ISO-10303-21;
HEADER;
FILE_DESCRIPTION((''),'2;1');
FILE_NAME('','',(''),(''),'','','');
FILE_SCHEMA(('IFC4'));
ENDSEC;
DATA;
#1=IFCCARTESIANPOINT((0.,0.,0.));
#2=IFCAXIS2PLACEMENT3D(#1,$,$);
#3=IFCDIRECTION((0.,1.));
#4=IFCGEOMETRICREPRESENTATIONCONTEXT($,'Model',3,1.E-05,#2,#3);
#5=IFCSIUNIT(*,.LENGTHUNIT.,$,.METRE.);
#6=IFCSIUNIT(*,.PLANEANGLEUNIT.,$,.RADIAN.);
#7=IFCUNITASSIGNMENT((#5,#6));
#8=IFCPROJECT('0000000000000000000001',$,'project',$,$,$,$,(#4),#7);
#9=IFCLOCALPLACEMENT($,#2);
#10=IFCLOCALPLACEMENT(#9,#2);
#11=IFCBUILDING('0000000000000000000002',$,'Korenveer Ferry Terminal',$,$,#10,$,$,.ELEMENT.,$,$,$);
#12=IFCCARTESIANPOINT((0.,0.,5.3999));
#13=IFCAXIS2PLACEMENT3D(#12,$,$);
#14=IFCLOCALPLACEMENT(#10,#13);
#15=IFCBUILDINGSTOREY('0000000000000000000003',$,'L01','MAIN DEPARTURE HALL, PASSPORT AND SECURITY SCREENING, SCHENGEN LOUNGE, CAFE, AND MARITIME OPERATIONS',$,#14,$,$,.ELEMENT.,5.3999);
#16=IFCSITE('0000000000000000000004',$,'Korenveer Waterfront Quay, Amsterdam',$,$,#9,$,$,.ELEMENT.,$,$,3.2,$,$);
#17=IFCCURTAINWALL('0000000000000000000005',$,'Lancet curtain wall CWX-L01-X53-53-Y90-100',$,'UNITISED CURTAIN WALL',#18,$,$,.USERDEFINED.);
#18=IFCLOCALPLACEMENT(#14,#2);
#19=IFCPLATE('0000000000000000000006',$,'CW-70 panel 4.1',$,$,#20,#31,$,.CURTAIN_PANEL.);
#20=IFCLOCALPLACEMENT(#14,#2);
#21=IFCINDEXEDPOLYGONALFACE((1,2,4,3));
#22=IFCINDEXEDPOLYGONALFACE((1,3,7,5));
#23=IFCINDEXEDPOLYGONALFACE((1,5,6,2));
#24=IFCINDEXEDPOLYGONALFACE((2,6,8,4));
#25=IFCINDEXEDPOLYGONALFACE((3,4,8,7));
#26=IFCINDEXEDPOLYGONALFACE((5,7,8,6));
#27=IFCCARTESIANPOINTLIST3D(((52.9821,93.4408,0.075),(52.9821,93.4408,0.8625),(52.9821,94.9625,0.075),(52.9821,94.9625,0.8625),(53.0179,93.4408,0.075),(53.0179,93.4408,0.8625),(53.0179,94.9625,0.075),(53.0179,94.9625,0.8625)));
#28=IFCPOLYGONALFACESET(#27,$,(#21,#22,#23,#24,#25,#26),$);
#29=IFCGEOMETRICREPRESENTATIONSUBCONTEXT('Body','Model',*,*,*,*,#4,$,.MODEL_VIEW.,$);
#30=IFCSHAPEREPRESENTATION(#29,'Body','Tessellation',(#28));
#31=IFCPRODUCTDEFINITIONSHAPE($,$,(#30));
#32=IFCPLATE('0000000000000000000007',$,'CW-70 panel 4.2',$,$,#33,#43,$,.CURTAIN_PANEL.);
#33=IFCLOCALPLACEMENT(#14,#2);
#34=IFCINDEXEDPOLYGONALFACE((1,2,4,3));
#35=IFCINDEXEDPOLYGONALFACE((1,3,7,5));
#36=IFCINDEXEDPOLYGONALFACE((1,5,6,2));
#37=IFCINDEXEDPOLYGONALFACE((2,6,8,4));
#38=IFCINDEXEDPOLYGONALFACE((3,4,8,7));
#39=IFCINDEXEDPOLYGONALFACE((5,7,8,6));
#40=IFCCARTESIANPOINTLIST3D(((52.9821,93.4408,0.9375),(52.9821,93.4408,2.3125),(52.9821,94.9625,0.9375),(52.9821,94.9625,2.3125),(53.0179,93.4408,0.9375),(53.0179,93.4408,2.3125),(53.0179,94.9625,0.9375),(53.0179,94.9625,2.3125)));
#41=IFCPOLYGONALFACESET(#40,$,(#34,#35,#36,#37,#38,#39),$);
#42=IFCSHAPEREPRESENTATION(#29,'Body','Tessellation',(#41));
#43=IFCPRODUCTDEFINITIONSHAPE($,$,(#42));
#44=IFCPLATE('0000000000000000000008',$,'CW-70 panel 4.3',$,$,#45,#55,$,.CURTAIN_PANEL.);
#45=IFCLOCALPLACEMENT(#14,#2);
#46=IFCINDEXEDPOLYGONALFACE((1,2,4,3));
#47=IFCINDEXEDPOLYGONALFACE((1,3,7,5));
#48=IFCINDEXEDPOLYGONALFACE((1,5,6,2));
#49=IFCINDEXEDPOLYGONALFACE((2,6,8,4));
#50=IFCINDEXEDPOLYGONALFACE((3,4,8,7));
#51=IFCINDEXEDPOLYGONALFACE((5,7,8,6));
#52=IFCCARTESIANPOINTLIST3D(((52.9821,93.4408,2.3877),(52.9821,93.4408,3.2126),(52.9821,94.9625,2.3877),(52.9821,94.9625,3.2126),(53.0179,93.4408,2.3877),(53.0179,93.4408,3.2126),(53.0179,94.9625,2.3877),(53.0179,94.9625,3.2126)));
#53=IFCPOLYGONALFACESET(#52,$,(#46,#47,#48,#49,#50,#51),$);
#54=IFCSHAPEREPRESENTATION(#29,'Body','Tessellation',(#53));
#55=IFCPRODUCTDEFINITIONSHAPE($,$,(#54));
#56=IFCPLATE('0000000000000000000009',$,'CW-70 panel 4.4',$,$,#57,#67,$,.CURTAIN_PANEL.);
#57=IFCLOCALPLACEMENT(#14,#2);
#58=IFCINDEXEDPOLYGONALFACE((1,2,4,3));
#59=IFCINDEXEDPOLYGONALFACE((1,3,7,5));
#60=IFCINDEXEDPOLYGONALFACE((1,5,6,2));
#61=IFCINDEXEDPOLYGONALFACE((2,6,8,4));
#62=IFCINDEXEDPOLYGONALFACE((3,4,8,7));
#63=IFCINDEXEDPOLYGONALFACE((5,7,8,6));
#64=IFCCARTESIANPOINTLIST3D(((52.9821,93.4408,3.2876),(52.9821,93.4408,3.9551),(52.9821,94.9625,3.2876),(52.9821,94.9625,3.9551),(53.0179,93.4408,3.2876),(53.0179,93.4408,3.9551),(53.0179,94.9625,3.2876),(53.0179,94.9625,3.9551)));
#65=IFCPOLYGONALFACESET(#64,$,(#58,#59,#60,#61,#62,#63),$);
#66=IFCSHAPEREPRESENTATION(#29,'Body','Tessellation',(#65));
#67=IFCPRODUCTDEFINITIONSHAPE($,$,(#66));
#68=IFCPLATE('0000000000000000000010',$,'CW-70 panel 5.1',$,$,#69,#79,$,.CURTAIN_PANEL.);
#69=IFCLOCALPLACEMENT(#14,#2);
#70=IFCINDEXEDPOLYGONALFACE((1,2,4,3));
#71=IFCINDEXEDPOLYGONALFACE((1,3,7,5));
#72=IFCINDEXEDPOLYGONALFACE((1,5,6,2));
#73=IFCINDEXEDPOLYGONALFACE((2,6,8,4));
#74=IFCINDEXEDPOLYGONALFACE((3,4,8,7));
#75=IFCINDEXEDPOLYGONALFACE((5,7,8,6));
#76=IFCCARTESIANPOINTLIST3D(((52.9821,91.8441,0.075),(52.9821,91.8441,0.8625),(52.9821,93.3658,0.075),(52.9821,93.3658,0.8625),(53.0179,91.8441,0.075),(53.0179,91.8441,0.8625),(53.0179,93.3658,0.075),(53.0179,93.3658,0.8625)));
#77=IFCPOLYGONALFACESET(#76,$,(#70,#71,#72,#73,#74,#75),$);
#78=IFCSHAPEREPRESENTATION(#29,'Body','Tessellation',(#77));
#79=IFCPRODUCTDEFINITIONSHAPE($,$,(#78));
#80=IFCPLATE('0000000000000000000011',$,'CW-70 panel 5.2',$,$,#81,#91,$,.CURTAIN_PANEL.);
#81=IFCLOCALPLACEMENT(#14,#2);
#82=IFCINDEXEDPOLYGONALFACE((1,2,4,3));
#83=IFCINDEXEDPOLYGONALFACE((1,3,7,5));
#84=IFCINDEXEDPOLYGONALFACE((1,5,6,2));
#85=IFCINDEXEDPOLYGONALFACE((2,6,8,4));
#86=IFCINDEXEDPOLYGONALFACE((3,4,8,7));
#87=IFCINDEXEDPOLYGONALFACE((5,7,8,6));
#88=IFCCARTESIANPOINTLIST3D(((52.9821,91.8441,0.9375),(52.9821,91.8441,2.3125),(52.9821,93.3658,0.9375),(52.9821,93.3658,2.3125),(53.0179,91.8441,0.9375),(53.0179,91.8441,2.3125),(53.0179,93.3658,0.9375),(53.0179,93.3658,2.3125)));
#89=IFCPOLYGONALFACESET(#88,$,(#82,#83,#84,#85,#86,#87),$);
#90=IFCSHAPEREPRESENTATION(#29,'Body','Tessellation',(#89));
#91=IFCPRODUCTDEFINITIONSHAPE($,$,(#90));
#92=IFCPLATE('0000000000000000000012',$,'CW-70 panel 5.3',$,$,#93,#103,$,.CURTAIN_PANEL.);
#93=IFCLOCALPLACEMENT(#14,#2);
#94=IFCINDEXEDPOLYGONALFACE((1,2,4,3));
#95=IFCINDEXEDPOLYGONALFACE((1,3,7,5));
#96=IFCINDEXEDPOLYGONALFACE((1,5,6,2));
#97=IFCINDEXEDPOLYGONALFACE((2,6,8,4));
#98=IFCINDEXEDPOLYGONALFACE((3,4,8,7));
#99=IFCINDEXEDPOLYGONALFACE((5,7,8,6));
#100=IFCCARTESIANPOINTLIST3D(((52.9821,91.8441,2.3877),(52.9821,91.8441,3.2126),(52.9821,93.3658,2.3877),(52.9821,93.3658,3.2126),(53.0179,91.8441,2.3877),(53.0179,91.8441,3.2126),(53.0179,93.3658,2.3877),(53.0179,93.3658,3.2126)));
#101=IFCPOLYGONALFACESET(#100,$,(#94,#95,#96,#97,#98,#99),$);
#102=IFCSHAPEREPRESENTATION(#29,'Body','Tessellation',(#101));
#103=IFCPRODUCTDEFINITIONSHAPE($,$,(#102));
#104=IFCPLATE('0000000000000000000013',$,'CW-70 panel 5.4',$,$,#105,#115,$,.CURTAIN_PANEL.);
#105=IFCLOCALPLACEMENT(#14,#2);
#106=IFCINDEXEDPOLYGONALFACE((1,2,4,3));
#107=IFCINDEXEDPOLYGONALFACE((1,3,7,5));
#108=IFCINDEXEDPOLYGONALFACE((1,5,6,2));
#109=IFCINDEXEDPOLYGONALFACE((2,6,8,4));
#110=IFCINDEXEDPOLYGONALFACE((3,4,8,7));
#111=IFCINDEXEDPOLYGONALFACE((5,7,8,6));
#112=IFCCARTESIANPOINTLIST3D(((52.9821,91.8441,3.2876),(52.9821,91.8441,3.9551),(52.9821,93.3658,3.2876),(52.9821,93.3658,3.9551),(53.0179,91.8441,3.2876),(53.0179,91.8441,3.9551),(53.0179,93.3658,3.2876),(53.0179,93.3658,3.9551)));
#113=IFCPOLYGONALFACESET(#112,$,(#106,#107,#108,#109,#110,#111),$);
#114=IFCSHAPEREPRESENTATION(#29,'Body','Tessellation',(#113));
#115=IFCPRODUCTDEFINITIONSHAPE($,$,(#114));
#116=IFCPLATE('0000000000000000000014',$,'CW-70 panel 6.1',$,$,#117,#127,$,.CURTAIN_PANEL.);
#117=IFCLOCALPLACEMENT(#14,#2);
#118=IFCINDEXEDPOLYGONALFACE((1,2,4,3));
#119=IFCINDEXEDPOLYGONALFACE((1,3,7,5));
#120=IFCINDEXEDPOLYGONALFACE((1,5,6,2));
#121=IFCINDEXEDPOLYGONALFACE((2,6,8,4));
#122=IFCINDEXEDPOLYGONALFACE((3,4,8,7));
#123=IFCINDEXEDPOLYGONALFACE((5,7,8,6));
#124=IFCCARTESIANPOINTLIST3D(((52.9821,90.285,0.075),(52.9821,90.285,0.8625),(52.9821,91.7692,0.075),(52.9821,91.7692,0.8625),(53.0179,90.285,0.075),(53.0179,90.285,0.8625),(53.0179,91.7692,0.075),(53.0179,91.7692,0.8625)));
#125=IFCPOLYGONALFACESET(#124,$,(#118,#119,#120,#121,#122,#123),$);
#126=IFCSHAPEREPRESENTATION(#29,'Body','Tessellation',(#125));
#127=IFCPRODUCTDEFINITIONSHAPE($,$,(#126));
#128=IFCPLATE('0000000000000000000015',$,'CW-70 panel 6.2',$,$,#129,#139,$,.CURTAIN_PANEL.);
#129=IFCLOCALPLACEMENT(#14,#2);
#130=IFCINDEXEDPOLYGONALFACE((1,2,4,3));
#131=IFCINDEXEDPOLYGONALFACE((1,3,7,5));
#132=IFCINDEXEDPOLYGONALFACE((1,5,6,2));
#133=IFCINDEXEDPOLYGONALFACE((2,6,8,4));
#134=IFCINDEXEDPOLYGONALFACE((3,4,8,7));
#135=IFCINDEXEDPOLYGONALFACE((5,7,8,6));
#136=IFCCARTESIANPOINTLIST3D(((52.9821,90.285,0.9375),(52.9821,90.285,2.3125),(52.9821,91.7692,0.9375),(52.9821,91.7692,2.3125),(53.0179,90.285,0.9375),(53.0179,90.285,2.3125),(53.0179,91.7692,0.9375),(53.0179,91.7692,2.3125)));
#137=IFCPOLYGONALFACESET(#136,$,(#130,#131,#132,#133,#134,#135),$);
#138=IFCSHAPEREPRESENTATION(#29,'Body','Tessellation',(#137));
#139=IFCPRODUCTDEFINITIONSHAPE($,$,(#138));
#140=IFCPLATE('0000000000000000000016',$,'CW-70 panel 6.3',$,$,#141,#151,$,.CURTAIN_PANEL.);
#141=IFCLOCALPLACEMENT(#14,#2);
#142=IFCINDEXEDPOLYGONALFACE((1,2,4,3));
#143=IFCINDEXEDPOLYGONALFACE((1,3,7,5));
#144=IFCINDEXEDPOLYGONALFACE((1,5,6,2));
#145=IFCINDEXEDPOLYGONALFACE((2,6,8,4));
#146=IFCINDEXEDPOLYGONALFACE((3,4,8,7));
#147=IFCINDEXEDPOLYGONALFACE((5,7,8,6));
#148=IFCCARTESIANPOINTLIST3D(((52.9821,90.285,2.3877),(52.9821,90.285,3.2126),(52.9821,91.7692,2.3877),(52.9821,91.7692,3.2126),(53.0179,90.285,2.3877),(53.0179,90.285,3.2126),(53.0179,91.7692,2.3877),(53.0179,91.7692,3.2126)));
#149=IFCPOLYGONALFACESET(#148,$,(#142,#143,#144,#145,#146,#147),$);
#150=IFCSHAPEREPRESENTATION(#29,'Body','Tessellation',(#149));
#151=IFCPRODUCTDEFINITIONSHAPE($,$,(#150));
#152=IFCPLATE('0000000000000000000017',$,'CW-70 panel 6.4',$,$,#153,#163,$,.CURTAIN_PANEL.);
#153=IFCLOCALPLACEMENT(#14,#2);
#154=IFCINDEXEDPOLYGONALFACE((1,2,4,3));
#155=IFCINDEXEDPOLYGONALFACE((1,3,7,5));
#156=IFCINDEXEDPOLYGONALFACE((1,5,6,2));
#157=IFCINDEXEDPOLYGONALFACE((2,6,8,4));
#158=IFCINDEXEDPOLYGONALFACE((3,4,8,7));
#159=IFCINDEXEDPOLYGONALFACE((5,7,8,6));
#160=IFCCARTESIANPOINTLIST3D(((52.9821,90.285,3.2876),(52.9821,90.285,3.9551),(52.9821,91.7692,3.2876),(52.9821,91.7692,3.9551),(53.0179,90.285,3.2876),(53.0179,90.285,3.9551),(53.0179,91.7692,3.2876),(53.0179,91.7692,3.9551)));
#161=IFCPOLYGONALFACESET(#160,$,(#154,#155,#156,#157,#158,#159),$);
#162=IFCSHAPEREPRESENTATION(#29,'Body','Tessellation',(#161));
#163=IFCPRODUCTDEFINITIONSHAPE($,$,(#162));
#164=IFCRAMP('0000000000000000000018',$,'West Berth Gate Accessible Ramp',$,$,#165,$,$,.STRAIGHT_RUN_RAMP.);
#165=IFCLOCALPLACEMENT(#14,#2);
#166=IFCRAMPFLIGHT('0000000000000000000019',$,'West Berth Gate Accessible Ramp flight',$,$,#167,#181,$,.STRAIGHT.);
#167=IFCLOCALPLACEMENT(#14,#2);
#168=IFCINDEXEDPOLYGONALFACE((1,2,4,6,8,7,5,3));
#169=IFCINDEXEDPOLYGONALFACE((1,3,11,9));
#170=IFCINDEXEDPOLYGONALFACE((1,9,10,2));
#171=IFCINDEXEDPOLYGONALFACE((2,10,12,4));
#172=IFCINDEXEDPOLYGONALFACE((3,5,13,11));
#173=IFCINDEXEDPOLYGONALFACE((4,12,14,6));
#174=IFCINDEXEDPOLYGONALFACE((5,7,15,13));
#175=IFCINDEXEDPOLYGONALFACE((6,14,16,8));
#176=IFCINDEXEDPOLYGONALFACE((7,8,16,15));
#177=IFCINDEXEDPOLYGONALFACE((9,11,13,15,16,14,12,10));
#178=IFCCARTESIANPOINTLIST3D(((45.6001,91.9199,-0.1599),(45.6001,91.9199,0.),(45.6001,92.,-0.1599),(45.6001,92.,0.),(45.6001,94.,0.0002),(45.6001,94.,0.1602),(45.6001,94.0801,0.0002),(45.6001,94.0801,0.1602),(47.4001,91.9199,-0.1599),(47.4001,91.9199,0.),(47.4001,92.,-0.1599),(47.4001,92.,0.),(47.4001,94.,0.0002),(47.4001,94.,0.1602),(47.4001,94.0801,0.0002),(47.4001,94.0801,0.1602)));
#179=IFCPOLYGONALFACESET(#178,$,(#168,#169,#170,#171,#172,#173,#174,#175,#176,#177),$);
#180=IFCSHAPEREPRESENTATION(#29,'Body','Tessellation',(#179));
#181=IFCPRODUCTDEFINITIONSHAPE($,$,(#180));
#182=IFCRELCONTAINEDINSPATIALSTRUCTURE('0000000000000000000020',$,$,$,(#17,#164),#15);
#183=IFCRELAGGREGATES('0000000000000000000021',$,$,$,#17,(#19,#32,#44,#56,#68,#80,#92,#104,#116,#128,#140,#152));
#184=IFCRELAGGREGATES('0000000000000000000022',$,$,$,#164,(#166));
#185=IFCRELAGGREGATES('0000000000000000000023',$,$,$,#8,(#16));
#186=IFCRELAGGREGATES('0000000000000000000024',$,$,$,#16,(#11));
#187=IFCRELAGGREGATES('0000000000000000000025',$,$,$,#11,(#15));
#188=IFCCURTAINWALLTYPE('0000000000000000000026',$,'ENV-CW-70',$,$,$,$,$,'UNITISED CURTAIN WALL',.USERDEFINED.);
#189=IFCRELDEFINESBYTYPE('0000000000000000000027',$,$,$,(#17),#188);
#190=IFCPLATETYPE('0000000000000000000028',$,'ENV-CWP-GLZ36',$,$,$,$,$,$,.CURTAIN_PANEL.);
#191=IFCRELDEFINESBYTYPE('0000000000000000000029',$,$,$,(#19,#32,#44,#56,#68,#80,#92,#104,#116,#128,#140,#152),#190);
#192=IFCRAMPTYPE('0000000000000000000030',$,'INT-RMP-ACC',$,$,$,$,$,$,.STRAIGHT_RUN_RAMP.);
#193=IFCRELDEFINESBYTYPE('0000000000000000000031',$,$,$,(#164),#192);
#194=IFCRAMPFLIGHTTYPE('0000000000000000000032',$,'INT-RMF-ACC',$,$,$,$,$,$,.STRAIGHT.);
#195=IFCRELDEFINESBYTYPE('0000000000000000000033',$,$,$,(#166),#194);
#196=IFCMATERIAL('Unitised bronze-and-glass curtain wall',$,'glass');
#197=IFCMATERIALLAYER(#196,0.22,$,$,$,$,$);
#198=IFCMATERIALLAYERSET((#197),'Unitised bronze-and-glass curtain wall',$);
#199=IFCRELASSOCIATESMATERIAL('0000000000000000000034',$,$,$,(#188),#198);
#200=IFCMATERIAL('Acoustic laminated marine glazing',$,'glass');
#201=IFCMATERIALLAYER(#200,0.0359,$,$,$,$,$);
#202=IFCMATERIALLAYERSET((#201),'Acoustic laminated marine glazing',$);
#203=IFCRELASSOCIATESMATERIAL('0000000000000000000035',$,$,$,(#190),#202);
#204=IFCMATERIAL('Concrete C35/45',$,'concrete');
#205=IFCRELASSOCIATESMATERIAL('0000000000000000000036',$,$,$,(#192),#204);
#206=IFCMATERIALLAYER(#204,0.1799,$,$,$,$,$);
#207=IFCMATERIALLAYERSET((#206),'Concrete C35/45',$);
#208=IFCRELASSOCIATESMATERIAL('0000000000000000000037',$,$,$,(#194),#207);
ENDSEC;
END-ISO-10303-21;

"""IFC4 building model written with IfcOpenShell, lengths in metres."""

from ifc_helpers import new_model, si_unit, direction, frame, origin, origin_2d, place, context, subcontext, project, spatial, polyline, rectangle, outline, extrude, material, layer, layer_set, type_object, element, aggregate, save


model = new_model("IFC4")

# Units and contexts
model_context = context("Model", 3, precision=1e-05, world=origin(), true_north=direction((0.0, 1.0)))
body_context = subcontext(model_context, "Body", "Model", "MODEL_VIEW")
ifc_project = project(units=[si_unit("LENGTHUNIT", "METRE"), si_unit("PLANEANGLEUNIT", "RADIAN")], contexts=[model_context])

# Site, building, storey
site_placement = place(None, origin())
site = spatial("IfcSite", under=ifc_project, at=site_placement, Name="Korenveer Waterfront Quay, Amsterdam", CompositionType="ELEMENT", RefElevation=3.2)
building_placement = place(site_placement, origin())
building = spatial("IfcBuilding", under=site, at=building_placement, Name="Korenveer Ferry Terminal", CompositionType="ELEMENT")
storey_placement = place(building_placement, frame((0.0, 0.0, 5.3999)))
storey = spatial("IfcBuildingStorey", under=building, at=storey_placement, Name="L01", Description="MAIN DEPARTURE HALL, PASSPORT AND SECURITY SCREENING, SCHENGEN LOUNGE, CAFE, AND MARITIME OPERATIONS", CompositionType="ELEMENT", Elevation=5.3999)

# Curtain wall
ifc_material_1 = material(Name="Unitised bronze-and-glass curtain wall", Category="glass")
ifc_layer_1 = layer(ifc_material_1, 0.22)
ifc_layer_set_1 = layer_set([ifc_layer_1], Name="Unitised bronze-and-glass curtain wall")
curtain_wall_type = type_object("IfcCurtainWallType", Name="ENV-CW-70", ElementType="UNITISED CURTAIN WALL", PredefinedType="USERDEFINED", material=ifc_layer_set_1)
curtain_wall_placement = place(storey_placement, frame((53.0, 99.79, 0.0)))
curtain_wall = element("IfcCurtainWall", 1, at=curtain_wall_placement, inside=storey, type_object=curtain_wall_type, Name="Lancet curtain wall CWX-L01-X53-53-Y90-100", ObjectType="UNITISED CURTAIN WALL", PredefinedType="USERDEFINED")

# Plates
ifc_material_2 = material(Name="Acoustic laminated marine glazing", Category="glass")
ifc_layer_2 = layer(ifc_material_2, 0.0359)
ifc_layer_set_2 = layer_set([ifc_layer_2], Name="Acoustic laminated marine glazing")
plate_type = type_object("IfcPlateType", Name="ENV-CWP-GLZ36", PredefinedType="CURTAIN_PANEL", material=ifc_layer_set_2)
plate_1_placement = place(storey_placement, frame((53.0, 94.2017, 0.075), z_axis=(0.0, 0.0, 1.0), x_axis=(0.0, -1.0, 0.0)))
plate_1 = element("IfcPlate", 2, at=plate_1_placement, type_object=plate_type, Name="CW-70 panel 4.1", PredefinedType="CURTAIN_PANEL", context=body_context, shape_type="SweptSolid", body=[
    extrude(rectangle(XDim=1.5217, YDim=0.0359, at=origin_2d()), origin(), (0.0, 0.0, 1.0), 0.7876),
])
plate_2_placement = place(storey_placement, frame((53.0, 94.2017, 0.9375), z_axis=(0.0, 0.0, 1.0), x_axis=(0.0, -1.0, 0.0)))
plate_2 = element("IfcPlate", 3, at=plate_2_placement, type_object=plate_type, Name="CW-70 panel 4.2", PredefinedType="CURTAIN_PANEL", context=body_context, shape_type="SweptSolid", body=[
    extrude(rectangle(XDim=1.5217, YDim=0.0359, at=origin_2d()), origin(), (0.0, 0.0, 1.0), 1.375),
])
plate_3_placement = place(storey_placement, frame((53.0, 94.2017, 2.3877), z_axis=(0.0, 0.0, 1.0), x_axis=(0.0, -1.0, 0.0)))
plate_3 = element("IfcPlate", 4, at=plate_3_placement, type_object=plate_type, Name="CW-70 panel 4.3", PredefinedType="CURTAIN_PANEL", context=body_context, shape_type="SweptSolid", body=[
    extrude(rectangle(XDim=1.5217, YDim=0.0359, at=origin_2d()), origin(), (0.0, 0.0, 1.0), 0.825),
])
plate_4_placement = place(storey_placement, frame((53.0, 94.2017, 3.2876), z_axis=(0.0, 0.0, 1.0), x_axis=(0.0, -1.0, 0.0)))
plate_4 = element("IfcPlate", 5, at=plate_4_placement, type_object=plate_type, Name="CW-70 panel 4.4", PredefinedType="CURTAIN_PANEL", context=body_context, shape_type="SweptSolid", body=[
    extrude(rectangle(XDim=1.5217, YDim=0.0359, at=origin_2d()), origin(), (0.0, 0.0, 1.0), 0.6675),
])
plate_5_placement = place(storey_placement, frame((53.0, 92.605, 0.075), z_axis=(0.0, 0.0, 1.0), x_axis=(0.0, -1.0, 0.0)))
plate_5 = element("IfcPlate", 6, at=plate_5_placement, type_object=plate_type, Name="CW-70 panel 5.1", PredefinedType="CURTAIN_PANEL", context=body_context, shape_type="SweptSolid", body=[
    extrude(rectangle(XDim=1.5217, YDim=0.0359, at=origin_2d()), origin(), (0.0, 0.0, 1.0), 0.7876),
])
plate_6_placement = place(storey_placement, frame((53.0, 92.605, 0.9375), z_axis=(0.0, 0.0, 1.0), x_axis=(0.0, -1.0, 0.0)))
plate_6 = element("IfcPlate", 7, at=plate_6_placement, type_object=plate_type, Name="CW-70 panel 5.2", PredefinedType="CURTAIN_PANEL", context=body_context, shape_type="SweptSolid", body=[
    extrude(rectangle(XDim=1.5217, YDim=0.0359, at=origin_2d()), origin(), (0.0, 0.0, 1.0), 1.375),
])
plate_7_placement = place(storey_placement, frame((53.0, 92.605, 2.3877), z_axis=(0.0, 0.0, 1.0), x_axis=(0.0, -1.0, 0.0)))
plate_7 = element("IfcPlate", 8, at=plate_7_placement, type_object=plate_type, Name="CW-70 panel 5.3", PredefinedType="CURTAIN_PANEL", context=body_context, shape_type="SweptSolid", body=[
    extrude(rectangle(XDim=1.5217, YDim=0.0359, at=origin_2d()), origin(), (0.0, 0.0, 1.0), 0.825),
])
plate_8_placement = place(storey_placement, frame((53.0, 92.605, 3.2876), z_axis=(0.0, 0.0, 1.0), x_axis=(0.0, -1.0, 0.0)))
plate_8 = element("IfcPlate", 9, at=plate_8_placement, type_object=plate_type, Name="CW-70 panel 5.4", PredefinedType="CURTAIN_PANEL", context=body_context, shape_type="SweptSolid", body=[
    extrude(rectangle(XDim=1.5217, YDim=0.0359, at=origin_2d()), origin(), (0.0, 0.0, 1.0), 0.6675),
])
plate_9_placement = place(storey_placement, frame((53.0, 91.0271, 0.075), z_axis=(0.0, 0.0, 1.0), x_axis=(0.0, -1.0, 0.0)))
plate_9 = element("IfcPlate", 10, at=plate_9_placement, type_object=plate_type, Name="CW-70 panel 6.1", PredefinedType="CURTAIN_PANEL", context=body_context, shape_type="SweptSolid", body=[
    extrude(rectangle(XDim=1.4841, YDim=0.0359, at=origin_2d()), origin(), (0.0, 0.0, 1.0), 0.7876),
])
plate_10_placement = place(storey_placement, frame((53.0, 91.0271, 0.9375), z_axis=(0.0, 0.0, 1.0), x_axis=(0.0, -1.0, 0.0)))
plate_10 = element("IfcPlate", 11, at=plate_10_placement, type_object=plate_type, Name="CW-70 panel 6.2", PredefinedType="CURTAIN_PANEL", context=body_context, shape_type="SweptSolid", body=[
    extrude(rectangle(XDim=1.4841, YDim=0.0359, at=origin_2d()), origin(), (0.0, 0.0, 1.0), 1.375),
])
plate_11_placement = place(storey_placement, frame((53.0, 91.0271, 2.3877), z_axis=(0.0, 0.0, 1.0), x_axis=(0.0, -1.0, 0.0)))
plate_11 = element("IfcPlate", 12, at=plate_11_placement, type_object=plate_type, Name="CW-70 panel 6.3", PredefinedType="CURTAIN_PANEL", context=body_context, shape_type="SweptSolid", body=[
    extrude(rectangle(XDim=1.4841, YDim=0.0359, at=origin_2d()), origin(), (0.0, 0.0, 1.0), 0.825),
])
plate_12_placement = place(storey_placement, frame((53.0, 91.0271, 3.2876), z_axis=(0.0, 0.0, 1.0), x_axis=(0.0, -1.0, 0.0)))
plate_12 = element("IfcPlate", 13, at=plate_12_placement, type_object=plate_type, Name="CW-70 panel 6.4", PredefinedType="CURTAIN_PANEL", context=body_context, shape_type="SweptSolid", body=[
    extrude(rectangle(XDim=1.4841, YDim=0.0359, at=origin_2d()), origin(), (0.0, 0.0, 1.0), 0.6675),
])
aggregate(curtain_wall, [plate_1, plate_2, plate_3, plate_4, plate_5, plate_6, plate_7, plate_8, plate_9, plate_10, plate_11, plate_12])

# Ramp, ramp flight
ifc_material_3 = material(Name="Concrete C35/45", Category="concrete")
ramp_type = type_object("IfcRampType", Name="INT-RMP-ACC", PredefinedType="STRAIGHT_RUN_RAMP", material=ifc_material_3)
ramp_placement = place(storey_placement, frame((46.5, 92.0, 0.0)))
ramp = element("IfcRamp", 14, at=ramp_placement, inside=storey, type_object=ramp_type, Name="West Berth Gate Accessible Ramp", PredefinedType="STRAIGHT_RUN_RAMP")
ifc_layer_3 = layer(ifc_material_3, 0.1799)
ifc_layer_set_3 = layer_set([ifc_layer_3], Name="Concrete C35/45")
ramp_flight_type = type_object("IfcRampFlightType", Name="INT-RMF-ACC", PredefinedType="STRAIGHT", material=ifc_layer_set_3)
ramp_flight_placement = place(storey_placement, frame((46.5, 92.0, 0.0), z_axis=(0.0, 0.0, 1.0), x_axis=(0.0, 1.0, 0.0)))
ramp_flight = element("IfcRampFlight", 15, at=ramp_flight_placement, type_object=ramp_flight_type, Name="West Berth Gate Accessible Ramp flight", PredefinedType="STRAIGHT", context=body_context, shape_type="SweptSolid", body=[
    extrude(outline(polyline([(-0.0801, 0.0), (0.0, 0.0), (2.0, 0.1602), (2.0801, 0.1602), (2.0801, 0.0002), (2.0, 0.0002), (0.0, -0.1599), (-0.0801, -0.1599), (-0.0801, 0.0)])), frame((0.0, 0.8999, 0.0), z_axis=(0.0, -1.0, 0.0), x_axis=(1.0, 0.0, 0.0)), (0.0, 0.0, 1.0), 1.8),
])
aggregate(ramp, [ramp_flight])

save(model, "model.ifc")
